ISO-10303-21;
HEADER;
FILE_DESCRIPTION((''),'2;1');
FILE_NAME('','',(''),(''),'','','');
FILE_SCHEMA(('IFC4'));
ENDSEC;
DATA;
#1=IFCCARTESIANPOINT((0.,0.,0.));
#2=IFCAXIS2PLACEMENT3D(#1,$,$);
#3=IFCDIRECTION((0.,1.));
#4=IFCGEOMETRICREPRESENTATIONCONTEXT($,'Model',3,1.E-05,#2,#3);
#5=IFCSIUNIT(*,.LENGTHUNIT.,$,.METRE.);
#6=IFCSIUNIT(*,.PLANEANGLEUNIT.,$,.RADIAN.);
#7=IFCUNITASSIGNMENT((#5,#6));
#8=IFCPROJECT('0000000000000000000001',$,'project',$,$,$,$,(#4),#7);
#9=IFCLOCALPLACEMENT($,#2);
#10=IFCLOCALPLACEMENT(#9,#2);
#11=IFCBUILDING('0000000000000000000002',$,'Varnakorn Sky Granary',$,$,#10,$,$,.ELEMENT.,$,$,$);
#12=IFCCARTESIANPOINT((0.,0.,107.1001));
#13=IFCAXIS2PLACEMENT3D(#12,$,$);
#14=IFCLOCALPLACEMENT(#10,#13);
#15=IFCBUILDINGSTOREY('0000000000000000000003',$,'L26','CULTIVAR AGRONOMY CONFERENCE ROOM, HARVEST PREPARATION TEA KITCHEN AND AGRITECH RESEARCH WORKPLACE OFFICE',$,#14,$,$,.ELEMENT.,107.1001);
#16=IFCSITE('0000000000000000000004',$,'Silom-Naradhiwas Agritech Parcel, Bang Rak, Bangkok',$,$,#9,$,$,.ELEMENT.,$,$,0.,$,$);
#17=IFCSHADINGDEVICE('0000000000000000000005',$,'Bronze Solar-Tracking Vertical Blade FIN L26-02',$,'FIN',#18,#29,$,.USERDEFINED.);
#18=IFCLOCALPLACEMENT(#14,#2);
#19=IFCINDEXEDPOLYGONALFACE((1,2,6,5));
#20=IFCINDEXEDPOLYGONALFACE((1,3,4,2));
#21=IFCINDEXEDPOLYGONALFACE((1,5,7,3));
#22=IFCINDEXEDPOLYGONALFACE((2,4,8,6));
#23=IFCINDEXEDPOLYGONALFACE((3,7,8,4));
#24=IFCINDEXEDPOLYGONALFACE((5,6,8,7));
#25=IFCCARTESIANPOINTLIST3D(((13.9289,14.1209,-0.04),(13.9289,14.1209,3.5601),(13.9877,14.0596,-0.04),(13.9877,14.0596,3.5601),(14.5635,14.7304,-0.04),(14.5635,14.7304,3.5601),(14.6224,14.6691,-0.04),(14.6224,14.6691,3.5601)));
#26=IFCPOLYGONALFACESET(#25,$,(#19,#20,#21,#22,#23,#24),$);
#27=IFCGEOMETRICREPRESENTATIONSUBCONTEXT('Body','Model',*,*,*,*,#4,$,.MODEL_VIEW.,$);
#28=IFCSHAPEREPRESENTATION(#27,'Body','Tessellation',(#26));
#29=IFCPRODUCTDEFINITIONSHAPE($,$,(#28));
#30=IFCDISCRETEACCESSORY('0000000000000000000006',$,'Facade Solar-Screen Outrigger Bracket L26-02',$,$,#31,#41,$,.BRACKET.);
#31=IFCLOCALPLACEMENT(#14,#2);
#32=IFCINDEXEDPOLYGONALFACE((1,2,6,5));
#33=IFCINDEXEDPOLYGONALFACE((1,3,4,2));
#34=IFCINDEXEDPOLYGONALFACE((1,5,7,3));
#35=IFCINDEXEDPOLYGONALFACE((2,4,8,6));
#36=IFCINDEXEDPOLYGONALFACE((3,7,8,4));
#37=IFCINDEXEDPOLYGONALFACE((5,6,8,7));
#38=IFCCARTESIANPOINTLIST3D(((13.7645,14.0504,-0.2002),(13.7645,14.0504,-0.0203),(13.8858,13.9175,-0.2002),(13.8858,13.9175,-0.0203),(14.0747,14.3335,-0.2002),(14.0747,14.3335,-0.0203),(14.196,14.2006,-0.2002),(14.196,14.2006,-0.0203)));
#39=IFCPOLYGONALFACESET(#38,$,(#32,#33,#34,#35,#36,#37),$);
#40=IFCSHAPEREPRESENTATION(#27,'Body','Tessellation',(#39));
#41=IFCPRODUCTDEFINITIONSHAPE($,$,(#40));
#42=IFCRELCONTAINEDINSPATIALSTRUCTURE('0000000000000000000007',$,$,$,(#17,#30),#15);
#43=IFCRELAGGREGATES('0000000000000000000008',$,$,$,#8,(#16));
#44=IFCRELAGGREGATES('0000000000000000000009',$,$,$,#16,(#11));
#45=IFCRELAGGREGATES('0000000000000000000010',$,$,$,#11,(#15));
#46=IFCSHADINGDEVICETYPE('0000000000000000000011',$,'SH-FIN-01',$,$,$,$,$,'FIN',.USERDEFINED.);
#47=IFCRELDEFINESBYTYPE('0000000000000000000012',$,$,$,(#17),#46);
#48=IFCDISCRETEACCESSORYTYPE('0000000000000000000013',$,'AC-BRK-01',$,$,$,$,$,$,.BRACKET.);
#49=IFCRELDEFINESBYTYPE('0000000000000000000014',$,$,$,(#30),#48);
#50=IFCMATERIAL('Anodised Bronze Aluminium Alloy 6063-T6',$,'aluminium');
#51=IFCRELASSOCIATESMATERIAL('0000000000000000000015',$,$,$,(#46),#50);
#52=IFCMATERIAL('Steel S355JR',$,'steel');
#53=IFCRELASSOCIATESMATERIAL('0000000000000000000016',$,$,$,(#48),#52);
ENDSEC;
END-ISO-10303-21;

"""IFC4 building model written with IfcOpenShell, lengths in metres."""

from ifc_helpers import new_model, si_unit, direction, frame, origin, origin_2d, place, context, subcontext, project, spatial, rectangle, extrude, source, transform, mapped, material, type_object, type_shapes, element, save


model = new_model("IFC4")

# Units and contexts
model_context = context("Model", 3, precision=1e-05, world=origin(), true_north=direction((0.0, 1.0)))
body_context = subcontext(model_context, "Body", "Model", "MODEL_VIEW")
ifc_project = project(units=[si_unit("LENGTHUNIT", "METRE"), si_unit("PLANEANGLEUNIT", "RADIAN")], contexts=[model_context])

# Site, building, storey
site_placement = place(None, origin())
site = spatial("IfcSite", under=ifc_project, at=site_placement, Name="Silom-Naradhiwas Agritech Parcel, Bang Rak, Bangkok", CompositionType="ELEMENT", RefElevation=0.0)
building_placement = place(site_placement, origin())
building = spatial("IfcBuilding", under=site, at=building_placement, Name="Varnakorn Sky Granary", CompositionType="ELEMENT")
storey_placement = place(building_placement, frame((0.0, 0.0, 107.1001)))
storey = spatial("IfcBuildingStorey", under=building, at=storey_placement, Name="L26", Description="CULTIVAR AGRONOMY CONFERENCE ROOM, HARVEST PREPARATION TEA KITCHEN AND AGRITECH RESEARCH WORKPLACE OFFICE", CompositionType="ELEMENT", Elevation=107.1001)

# Shared definitions
ifc_material_1 = material(Name="Steel S355JR", Category="steel")

# Shared definitions
ifc_material_2 = material(Name="Anodised Bronze Aluminium Alloy 6063-T6", Category="aluminium")

# Shading device
shading_device_type = type_object("IfcShadingDeviceType", Name="SH-FIN-01", ElementType="FIN", PredefinedType="USERDEFINED", material=ifc_material_2)
shared_shape_1 = source(origin(), body_context, "Body", "SweptSolid", [
    extrude(rectangle(XDim=0.085, YDim=0.8799, at=origin_2d()), origin(), (0.0, 0.0, 1.0), 3.6001),
])
type_shapes(shading_device_type, [shared_shape_1])
shading_device_placement = place(storey_placement, frame((14.2756, 14.395, -0.04), z_axis=(0.0, 0.0, 1.0), x_axis=(-0.692662, 0.721262, 0.0)))
element("IfcShadingDevice", 1, at=shading_device_placement, inside=storey, type_object=shading_device_type, Name="Bronze Solar-Tracking Vertical Blade FIN L26-02", ObjectType="FIN", PredefinedType="USERDEFINED", context=body_context, shape_type="MappedRepresentation", body=[
    mapped(shared_shape_1, transform((0.0, 0.0, 0.0), x_axis=(1.0, 0.0, 0.0), y_axis=(0.0, 1.0, 0.0), z_axis=(0.0, 0.0, 1.0), scale=1.0)),
])

# Discrete accessory
discrete_accessory_type = type_object("IfcDiscreteAccessoryType", Name="AC-BRK-01", PredefinedType="BRACKET", material=ifc_material_1)
shared_shape_2 = source(origin(), body_context, "Body", "SweptSolid", [
    extrude(rectangle(XDim=0.1799, YDim=0.4199, at=origin_2d()), origin(), (0.0, 0.0, 1.0), 0.1799),
])
type_shapes(discrete_accessory_type, [shared_shape_2])
discrete_accessory_placement = place(storey_placement, frame((13.9802, 14.1255, -0.2002), z_axis=(0.0, 0.0, 1.0), x_axis=(-0.674044, 0.738691, 0.0)))
element("IfcDiscreteAccessory", 2, at=discrete_accessory_placement, inside=storey, type_object=discrete_accessory_type, Name="Facade Solar-Screen Outrigger Bracket L26-02", PredefinedType="BRACKET", context=body_context, shape_type="MappedRepresentation", body=[
    mapped(shared_shape_2, transform((0.0, 0.0, 0.0), x_axis=(1.0, 0.0, 0.0), y_axis=(0.0, 1.0, 0.0), z_axis=(0.0, 0.0, 1.0), scale=1.0)),
])

save(model, "model.ifc")
